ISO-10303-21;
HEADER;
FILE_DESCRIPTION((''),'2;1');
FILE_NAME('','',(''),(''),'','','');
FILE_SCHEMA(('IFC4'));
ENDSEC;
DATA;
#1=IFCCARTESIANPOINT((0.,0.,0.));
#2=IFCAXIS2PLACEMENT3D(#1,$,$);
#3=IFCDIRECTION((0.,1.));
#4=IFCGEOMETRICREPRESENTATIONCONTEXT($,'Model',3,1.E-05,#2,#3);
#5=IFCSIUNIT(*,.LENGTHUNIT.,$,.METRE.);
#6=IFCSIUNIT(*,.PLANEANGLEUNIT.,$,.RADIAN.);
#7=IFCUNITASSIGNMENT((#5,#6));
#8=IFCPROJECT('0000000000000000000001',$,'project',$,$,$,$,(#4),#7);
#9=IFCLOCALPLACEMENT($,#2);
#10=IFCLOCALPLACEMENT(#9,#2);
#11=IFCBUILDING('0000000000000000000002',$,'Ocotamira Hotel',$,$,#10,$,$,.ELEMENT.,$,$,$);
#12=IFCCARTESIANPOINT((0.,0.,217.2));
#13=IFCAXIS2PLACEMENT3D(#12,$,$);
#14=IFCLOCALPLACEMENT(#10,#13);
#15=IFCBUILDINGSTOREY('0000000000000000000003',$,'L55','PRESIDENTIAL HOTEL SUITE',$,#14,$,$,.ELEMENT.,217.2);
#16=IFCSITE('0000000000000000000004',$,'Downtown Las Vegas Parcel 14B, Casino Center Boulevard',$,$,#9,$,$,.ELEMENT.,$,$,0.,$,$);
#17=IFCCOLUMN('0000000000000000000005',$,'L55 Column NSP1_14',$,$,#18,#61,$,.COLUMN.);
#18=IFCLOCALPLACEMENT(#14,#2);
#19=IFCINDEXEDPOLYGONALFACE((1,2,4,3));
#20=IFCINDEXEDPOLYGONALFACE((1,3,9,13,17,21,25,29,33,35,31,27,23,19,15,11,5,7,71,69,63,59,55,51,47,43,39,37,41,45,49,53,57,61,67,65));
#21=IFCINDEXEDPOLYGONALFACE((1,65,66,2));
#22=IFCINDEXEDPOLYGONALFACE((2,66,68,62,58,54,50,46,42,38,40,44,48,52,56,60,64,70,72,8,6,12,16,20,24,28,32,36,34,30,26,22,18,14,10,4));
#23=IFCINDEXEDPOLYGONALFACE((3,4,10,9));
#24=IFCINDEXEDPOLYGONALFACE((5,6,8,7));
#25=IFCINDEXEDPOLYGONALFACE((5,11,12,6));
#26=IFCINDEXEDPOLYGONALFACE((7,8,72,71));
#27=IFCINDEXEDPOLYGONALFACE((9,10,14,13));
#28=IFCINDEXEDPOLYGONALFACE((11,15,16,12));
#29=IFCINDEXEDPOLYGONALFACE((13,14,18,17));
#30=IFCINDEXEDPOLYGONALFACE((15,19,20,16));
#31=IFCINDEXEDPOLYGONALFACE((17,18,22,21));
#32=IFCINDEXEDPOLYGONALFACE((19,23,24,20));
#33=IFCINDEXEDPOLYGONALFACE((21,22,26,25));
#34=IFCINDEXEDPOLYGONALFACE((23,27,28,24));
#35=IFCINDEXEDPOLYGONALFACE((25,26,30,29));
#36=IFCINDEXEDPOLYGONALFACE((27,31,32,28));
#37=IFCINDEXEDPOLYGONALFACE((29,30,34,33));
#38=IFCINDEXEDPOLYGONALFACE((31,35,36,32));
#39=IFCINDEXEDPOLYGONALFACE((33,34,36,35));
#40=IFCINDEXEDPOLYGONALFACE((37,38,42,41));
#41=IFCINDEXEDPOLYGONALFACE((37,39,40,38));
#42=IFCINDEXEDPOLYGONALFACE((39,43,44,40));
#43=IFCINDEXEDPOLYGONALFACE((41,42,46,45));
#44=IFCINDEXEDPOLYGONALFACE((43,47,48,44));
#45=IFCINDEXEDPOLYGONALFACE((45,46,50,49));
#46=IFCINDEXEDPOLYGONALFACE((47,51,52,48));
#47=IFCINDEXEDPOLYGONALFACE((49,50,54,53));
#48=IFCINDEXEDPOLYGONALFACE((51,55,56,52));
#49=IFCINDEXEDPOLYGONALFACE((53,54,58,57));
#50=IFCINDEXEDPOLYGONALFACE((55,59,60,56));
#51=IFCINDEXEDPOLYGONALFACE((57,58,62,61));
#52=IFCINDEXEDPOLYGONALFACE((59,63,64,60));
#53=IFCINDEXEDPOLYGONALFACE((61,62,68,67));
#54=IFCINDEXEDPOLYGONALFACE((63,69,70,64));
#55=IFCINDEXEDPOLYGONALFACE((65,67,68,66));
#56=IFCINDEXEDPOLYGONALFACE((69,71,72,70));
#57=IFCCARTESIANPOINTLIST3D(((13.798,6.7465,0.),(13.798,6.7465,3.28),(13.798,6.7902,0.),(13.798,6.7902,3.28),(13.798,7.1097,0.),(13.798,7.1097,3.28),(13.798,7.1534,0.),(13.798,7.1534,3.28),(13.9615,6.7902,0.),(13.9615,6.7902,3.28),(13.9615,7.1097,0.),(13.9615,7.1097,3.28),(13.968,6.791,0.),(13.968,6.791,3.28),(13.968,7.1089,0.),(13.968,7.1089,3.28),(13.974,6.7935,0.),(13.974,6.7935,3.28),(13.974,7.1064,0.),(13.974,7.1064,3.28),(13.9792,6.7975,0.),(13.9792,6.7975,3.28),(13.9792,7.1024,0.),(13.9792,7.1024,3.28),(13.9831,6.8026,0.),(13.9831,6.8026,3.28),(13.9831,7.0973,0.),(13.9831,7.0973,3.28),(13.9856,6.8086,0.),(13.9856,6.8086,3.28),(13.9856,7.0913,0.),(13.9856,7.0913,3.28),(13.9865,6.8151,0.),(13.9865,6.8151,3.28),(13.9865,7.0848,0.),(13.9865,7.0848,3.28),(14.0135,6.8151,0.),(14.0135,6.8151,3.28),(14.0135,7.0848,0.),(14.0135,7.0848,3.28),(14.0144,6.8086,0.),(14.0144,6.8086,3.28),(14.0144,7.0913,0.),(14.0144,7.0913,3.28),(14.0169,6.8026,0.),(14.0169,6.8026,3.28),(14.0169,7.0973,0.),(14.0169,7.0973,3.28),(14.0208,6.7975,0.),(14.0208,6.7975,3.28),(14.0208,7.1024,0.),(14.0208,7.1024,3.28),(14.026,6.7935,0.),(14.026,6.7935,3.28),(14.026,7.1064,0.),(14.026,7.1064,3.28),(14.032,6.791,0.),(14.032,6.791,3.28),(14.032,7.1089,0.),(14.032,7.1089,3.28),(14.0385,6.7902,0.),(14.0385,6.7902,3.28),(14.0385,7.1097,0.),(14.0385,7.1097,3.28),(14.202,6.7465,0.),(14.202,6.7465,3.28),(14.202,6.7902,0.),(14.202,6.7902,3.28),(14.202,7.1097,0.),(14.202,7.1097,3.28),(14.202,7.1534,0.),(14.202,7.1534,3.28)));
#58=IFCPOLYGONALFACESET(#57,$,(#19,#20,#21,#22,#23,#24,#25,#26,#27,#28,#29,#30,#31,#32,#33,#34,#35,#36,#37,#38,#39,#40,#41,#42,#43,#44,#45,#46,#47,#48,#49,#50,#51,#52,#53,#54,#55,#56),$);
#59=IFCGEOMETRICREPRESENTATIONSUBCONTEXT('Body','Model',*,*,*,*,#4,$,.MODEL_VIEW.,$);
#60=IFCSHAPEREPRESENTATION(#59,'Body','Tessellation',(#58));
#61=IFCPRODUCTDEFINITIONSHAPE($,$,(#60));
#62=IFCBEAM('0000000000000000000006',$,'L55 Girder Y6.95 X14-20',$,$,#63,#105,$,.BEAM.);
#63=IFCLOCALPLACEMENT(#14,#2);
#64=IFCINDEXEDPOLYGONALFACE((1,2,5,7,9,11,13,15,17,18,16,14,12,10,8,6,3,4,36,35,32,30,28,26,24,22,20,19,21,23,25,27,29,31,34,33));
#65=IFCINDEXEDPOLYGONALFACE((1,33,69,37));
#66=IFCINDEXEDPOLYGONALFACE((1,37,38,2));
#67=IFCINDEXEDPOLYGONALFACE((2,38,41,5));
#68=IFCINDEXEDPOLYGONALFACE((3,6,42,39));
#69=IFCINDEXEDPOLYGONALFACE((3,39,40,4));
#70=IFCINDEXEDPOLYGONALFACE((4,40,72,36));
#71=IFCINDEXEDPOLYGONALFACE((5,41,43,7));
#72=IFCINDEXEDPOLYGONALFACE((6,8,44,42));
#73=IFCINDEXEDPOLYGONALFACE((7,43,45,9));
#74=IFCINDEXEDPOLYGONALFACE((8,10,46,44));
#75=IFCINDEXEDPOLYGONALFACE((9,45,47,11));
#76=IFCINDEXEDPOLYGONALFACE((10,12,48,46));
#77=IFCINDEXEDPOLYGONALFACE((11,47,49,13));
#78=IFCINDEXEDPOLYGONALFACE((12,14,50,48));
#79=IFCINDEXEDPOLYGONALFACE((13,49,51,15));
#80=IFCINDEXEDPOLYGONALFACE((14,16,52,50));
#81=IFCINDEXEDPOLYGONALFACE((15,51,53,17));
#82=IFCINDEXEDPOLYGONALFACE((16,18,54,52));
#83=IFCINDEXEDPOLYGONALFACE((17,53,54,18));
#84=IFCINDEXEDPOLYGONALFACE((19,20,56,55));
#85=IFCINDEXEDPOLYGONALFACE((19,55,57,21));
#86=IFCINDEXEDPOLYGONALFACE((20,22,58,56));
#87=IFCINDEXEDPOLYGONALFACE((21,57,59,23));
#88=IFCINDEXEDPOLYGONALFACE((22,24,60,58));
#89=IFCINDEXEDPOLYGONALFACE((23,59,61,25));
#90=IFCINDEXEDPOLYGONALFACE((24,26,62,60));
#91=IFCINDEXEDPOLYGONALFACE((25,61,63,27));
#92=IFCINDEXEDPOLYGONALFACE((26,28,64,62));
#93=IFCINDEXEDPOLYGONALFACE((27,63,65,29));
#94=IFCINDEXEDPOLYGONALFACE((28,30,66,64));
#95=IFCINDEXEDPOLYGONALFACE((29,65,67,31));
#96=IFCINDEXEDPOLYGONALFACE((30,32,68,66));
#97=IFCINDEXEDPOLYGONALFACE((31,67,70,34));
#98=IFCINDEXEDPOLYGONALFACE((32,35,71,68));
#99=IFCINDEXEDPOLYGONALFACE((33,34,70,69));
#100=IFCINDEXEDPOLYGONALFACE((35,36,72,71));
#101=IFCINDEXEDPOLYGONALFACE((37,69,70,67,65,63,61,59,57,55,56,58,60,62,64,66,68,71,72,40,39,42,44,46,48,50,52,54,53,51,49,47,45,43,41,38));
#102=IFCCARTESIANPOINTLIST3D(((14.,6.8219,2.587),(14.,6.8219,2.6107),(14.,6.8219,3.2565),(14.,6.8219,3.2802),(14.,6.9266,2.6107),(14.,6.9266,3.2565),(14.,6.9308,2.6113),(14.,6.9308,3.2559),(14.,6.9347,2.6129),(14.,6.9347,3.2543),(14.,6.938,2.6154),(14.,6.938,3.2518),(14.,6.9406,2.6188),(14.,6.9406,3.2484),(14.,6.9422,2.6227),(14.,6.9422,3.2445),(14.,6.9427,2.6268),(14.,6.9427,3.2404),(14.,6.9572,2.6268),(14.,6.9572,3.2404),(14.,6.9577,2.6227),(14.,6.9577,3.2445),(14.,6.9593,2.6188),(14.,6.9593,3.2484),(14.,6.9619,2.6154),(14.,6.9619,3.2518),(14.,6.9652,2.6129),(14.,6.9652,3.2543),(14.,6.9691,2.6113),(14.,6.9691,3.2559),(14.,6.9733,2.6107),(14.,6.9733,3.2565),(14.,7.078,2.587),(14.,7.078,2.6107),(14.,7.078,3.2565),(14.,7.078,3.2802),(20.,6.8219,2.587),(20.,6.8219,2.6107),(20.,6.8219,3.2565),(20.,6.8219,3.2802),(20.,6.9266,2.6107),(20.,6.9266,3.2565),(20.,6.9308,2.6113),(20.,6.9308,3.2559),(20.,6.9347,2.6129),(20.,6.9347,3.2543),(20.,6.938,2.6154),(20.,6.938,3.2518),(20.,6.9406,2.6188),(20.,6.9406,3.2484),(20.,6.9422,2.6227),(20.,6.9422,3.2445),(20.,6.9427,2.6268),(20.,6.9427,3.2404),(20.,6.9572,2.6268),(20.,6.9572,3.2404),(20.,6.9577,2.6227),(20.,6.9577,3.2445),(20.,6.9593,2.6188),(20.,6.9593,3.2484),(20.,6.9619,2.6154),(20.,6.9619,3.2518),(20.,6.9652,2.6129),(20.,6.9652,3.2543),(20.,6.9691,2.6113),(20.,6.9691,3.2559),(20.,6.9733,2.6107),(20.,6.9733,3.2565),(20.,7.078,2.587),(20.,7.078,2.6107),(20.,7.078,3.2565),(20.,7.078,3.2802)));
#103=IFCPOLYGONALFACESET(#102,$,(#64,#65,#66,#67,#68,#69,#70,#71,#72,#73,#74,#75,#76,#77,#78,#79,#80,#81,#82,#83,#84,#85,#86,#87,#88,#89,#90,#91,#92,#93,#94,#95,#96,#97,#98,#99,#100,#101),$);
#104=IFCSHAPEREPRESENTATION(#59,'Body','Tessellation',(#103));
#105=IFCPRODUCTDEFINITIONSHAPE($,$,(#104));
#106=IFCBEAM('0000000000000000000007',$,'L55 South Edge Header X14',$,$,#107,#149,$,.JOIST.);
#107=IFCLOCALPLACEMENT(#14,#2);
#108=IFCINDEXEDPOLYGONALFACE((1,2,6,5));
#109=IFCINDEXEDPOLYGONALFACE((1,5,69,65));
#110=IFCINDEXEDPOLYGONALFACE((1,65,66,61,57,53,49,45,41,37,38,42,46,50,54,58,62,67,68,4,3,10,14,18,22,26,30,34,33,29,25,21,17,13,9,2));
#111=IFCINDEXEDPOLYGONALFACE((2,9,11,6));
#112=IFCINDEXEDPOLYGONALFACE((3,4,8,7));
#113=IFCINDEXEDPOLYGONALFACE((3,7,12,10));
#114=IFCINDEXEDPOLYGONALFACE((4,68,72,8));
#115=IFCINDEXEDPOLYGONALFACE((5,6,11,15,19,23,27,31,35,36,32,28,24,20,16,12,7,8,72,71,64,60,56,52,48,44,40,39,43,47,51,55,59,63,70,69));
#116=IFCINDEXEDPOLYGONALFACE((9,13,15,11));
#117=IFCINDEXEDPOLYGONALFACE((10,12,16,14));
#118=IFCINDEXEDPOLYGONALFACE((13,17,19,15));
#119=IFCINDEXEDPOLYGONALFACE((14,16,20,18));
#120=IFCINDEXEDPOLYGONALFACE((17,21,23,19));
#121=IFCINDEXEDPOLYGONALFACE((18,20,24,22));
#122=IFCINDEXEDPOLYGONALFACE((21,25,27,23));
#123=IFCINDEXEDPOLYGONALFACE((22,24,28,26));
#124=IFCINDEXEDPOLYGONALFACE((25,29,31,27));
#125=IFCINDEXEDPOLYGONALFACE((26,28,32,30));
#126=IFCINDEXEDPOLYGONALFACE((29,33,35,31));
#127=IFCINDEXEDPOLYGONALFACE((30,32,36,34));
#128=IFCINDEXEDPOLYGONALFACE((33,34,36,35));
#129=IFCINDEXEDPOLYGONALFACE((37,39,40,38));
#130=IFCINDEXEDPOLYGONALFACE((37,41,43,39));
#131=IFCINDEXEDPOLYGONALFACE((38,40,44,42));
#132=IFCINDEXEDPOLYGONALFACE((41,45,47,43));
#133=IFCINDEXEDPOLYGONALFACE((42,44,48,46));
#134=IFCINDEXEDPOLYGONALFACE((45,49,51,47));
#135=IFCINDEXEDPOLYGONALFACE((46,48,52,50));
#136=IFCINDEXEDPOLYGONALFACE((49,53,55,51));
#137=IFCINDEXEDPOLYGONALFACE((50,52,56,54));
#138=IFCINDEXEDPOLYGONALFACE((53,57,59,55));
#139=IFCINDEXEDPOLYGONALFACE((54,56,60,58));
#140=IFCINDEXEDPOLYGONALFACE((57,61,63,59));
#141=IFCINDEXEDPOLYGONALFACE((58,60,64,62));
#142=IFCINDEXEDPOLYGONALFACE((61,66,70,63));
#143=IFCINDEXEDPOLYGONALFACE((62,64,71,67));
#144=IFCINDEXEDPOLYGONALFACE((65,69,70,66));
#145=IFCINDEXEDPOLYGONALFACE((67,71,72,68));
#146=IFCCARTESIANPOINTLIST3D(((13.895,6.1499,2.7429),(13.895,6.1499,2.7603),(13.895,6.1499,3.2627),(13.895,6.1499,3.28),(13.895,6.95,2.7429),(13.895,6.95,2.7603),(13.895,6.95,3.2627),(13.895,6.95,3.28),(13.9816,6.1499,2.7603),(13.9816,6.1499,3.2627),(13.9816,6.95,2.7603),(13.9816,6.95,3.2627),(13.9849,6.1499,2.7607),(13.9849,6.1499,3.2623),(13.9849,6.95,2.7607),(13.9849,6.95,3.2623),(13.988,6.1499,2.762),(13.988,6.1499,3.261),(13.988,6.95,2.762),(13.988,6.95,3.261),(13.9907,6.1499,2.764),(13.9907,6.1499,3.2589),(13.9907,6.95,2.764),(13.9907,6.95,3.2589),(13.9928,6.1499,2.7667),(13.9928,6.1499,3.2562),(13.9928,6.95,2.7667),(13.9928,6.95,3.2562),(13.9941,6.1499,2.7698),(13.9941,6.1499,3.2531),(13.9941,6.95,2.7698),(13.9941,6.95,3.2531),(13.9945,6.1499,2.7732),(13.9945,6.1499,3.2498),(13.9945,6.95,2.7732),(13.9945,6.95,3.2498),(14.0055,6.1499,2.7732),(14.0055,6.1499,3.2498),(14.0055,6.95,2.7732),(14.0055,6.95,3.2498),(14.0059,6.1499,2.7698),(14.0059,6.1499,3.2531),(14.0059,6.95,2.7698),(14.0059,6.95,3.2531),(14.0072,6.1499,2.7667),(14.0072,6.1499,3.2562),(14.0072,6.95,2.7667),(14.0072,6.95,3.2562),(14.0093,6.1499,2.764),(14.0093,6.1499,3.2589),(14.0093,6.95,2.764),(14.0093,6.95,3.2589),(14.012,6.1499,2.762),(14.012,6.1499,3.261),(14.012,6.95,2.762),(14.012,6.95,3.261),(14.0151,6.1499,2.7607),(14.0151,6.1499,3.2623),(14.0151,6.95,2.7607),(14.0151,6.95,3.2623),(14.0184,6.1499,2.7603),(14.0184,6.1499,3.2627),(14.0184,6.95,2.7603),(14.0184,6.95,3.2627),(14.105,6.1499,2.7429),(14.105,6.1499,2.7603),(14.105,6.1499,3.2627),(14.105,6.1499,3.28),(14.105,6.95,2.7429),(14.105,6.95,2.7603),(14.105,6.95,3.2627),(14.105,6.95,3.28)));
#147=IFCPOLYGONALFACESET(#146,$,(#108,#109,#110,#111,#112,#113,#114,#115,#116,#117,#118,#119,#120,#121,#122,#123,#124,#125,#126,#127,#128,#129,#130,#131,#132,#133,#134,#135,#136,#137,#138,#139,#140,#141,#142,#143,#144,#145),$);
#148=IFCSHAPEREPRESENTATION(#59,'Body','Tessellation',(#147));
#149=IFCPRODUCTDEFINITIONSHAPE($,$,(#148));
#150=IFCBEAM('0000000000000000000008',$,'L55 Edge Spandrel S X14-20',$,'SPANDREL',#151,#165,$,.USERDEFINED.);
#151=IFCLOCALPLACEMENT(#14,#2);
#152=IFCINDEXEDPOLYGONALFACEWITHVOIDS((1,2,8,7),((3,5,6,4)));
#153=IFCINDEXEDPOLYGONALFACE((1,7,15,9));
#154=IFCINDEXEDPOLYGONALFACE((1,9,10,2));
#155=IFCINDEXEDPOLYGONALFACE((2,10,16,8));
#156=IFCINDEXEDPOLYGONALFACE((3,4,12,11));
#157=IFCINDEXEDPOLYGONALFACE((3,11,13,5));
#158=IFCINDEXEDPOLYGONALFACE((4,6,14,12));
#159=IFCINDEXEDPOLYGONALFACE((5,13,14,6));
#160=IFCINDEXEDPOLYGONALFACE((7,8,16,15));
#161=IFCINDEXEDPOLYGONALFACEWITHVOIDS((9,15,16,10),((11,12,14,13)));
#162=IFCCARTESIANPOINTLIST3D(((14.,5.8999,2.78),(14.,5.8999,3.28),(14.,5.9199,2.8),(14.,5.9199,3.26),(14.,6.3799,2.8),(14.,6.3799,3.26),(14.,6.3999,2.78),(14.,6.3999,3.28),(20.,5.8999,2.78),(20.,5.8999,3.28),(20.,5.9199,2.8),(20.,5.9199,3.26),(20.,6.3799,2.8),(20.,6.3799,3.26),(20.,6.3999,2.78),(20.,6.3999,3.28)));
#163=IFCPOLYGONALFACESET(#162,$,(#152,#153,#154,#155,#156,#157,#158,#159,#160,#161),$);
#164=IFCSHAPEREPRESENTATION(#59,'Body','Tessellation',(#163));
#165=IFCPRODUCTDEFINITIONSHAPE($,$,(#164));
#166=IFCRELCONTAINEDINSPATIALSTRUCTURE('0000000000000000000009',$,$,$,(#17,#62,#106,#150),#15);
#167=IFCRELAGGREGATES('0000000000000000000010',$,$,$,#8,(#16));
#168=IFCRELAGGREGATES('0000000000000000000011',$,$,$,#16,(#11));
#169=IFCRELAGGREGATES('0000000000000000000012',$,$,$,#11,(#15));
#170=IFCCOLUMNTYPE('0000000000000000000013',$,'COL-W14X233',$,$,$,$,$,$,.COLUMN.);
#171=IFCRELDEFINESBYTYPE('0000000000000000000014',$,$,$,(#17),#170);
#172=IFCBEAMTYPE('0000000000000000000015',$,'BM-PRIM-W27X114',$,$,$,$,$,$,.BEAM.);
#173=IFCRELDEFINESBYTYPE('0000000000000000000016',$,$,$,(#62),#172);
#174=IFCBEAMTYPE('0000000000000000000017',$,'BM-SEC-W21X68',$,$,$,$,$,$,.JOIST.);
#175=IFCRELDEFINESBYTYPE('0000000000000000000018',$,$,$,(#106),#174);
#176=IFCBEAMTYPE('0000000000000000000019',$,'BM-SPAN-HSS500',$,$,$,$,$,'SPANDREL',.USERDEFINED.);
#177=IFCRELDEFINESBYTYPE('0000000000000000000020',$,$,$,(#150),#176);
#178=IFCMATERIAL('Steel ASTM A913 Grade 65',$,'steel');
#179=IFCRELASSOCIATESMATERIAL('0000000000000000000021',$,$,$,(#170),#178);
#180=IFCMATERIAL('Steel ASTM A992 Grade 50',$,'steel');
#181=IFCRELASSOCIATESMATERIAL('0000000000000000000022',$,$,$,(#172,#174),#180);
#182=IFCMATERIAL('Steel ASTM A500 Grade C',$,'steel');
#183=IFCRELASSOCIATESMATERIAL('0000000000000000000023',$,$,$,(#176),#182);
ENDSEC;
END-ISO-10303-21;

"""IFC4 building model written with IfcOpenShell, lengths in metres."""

from ifc_helpers import new_model, si_unit, direction, frame, origin, origin_2d, place, context, subcontext, project, spatial, hollow_rectangle, i_section, extrude, source, transform, mapped, material, material_profile, profile_set, type_object, element, save


model = new_model("IFC4")

# Units and contexts
model_context = context("Model", 3, precision=1e-05, world=origin(), true_north=direction((0.0, 1.0)))
body_context = subcontext(model_context, "Body", "Model", "MODEL_VIEW")
ifc_project = project(units=[si_unit("LENGTHUNIT", "METRE"), si_unit("PLANEANGLEUNIT", "RADIAN")], contexts=[model_context])

# Site, building, storey
site_placement = place(None, origin())
site = spatial("IfcSite", under=ifc_project, at=site_placement, Name="Downtown Las Vegas Parcel 14B, Casino Center Boulevard", CompositionType="ELEMENT", RefElevation=0.0)
building_placement = place(site_placement, origin())
building = spatial("IfcBuilding", under=site, at=building_placement, Name="Ocotamira Hotel", CompositionType="ELEMENT")
storey_placement = place(building_placement, frame((0.0, 0.0, 217.2)))
storey = spatial("IfcBuildingStorey", under=building, at=storey_placement, Name="L55", Description="PRESIDENTIAL HOTEL SUITE", CompositionType="ELEMENT", Elevation=217.2)

# Column
ifc_material_1 = material(Name="Steel ASTM A913 Grade 65", Category="steel")
ifc_material_profile_1 = material_profile(ifc_material_1, i_section(OverallWidth=0.4041, OverallDepth=0.407, WebThickness=0.0271, FlangeThickness=0.0437, FilletRadius=0.0249, at=origin_2d()), Name="W14X233")
ifc_profile_set_1 = profile_set([ifc_material_profile_1], Name="Steel ASTM A913 Grade 65")
column_type = type_object("IfcColumnType", Name="COL-W14X233", PredefinedType="COLUMN", material=ifc_profile_set_1)
shared_shape_1 = source(origin(), body_context, "Body", "SweptSolid", [
    extrude(i_section(OverallWidth=0.4041, OverallDepth=0.407, WebThickness=0.0271, FlangeThickness=0.0437, FilletRadius=0.0249, at=origin_2d()), origin(), (0.0, 0.0, 1.0), 3.28),
])
column_placement = place(storey_placement, frame((14.0, 6.95, 0.0), z_axis=(0.0, 0.0, 1.0), x_axis=(1.0, 0.0, 0.0)))
element("IfcColumn", 1, at=column_placement, inside=storey, type_object=column_type, Name="L55 Column NSP1_14", PredefinedType="COLUMN", context=body_context, shape_type="MappedRepresentation", body=[
    mapped(shared_shape_1, transform((0.0, 0.0, 0.0), scale=1.0)),
])

# Beams
ifc_material_2 = material(Name="Steel ASTM A992 Grade 50", Category="steel")
ifc_material_profile_2 = material_profile(ifc_material_2, i_section(OverallWidth=0.2561, OverallDepth=0.6931, WebThickness=0.0144, FlangeThickness=0.0237, FilletRadius=0.0161, at=origin_2d()), Name="W27X114")
ifc_profile_set_2 = profile_set([ifc_material_profile_2], Name="Steel ASTM A992 Grade 50")
beam_type_1 = type_object("IfcBeamType", Name="BM-PRIM-W27X114", PredefinedType="BEAM", material=ifc_profile_set_2)
shared_shape_2 = source(origin(), body_context, "Body", "SweptSolid", [
    extrude(i_section(OverallWidth=0.2561, OverallDepth=0.6931, WebThickness=0.0144, FlangeThickness=0.0237, FilletRadius=0.0161, at=origin_2d()), origin(), (0.0, 0.0, 1.0), 6.0),
])
beam_1_placement = place(storey_placement, frame((14.0, 6.95, 2.9336), z_axis=(1.0, 0.0, 0.0), x_axis=(0.0, 1.0, 0.0)))
element("IfcBeam", 2, at=beam_1_placement, inside=storey, type_object=beam_type_1, Name="L55 Girder Y6.95 X14-20", PredefinedType="BEAM", context=body_context, shape_type="MappedRepresentation", body=[
    mapped(shared_shape_2, transform((0.0, 0.0, 0.0), scale=1.0)),
])
ifc_material_profile_3 = material_profile(ifc_material_2, i_section(OverallWidth=0.21, OverallDepth=0.5371, WebThickness=0.011, FlangeThickness=0.0173, FilletRadius=0.0129, at=origin_2d()), Name="W21X68")
ifc_profile_set_3 = profile_set([ifc_material_profile_3], Name="Steel ASTM A992 Grade 50")
beam_type_2 = type_object("IfcBeamType", Name="BM-SEC-W21X68", PredefinedType="JOIST", material=ifc_profile_set_3)
shared_shape_3 = source(origin(), body_context, "Body", "SweptSolid", [
    extrude(i_section(OverallWidth=0.21, OverallDepth=0.5371, WebThickness=0.011, FlangeThickness=0.0173, FilletRadius=0.0129, at=origin_2d()), origin(), (0.0, 0.0, 1.0), 0.8),
])
beam_2_placement = place(storey_placement, frame((14.0, 6.95, 3.0115), z_axis=(0.0, -1.0, 0.0), x_axis=(1.0, 0.0, 0.0)))
element("IfcBeam", 3, at=beam_2_placement, inside=storey, type_object=beam_type_2, Name="L55 South Edge Header X14", PredefinedType="JOIST", context=body_context, shape_type="MappedRepresentation", body=[
    mapped(shared_shape_3, transform((0.0, 0.0, 0.0), scale=1.0)),
])
ifc_material_3 = material(Name="Steel ASTM A500 Grade C", Category="steel")
ifc_material_profile_4 = material_profile(ifc_material_3, hollow_rectangle(XDim=0.5, YDim=0.5, WallThickness=0.02, at=origin_2d()), Name="HSS500X500X20")
ifc_profile_set_4 = profile_set([ifc_material_profile_4], Name="Steel ASTM A500 Grade C")
beam_type_3 = type_object("IfcBeamType", Name="BM-SPAN-HSS500", ElementType="SPANDREL", PredefinedType="USERDEFINED", material=ifc_profile_set_4)
shared_shape_4 = source(origin(), body_context, "Body", "SweptSolid", [
    extrude(hollow_rectangle(XDim=0.5, YDim=0.5, WallThickness=0.02, at=origin_2d()), origin(), (0.0, 0.0, 1.0), 6.0),
])
beam_3_placement = place(storey_placement, frame((14.0, 6.1499, 3.03), z_axis=(1.0, 0.0, 0.0), x_axis=(0.0, 1.0, 0.0)))
element("IfcBeam", 4, at=beam_3_placement, inside=storey, type_object=beam_type_3, Name="L55 Edge Spandrel S X14-20", ObjectType="SPANDREL", PredefinedType="USERDEFINED", context=body_context, shape_type="MappedRepresentation", body=[
    mapped(shared_shape_4, transform((0.0, 0.0, 0.0), scale=1.0)),
])

save(model, "model.ifc")
